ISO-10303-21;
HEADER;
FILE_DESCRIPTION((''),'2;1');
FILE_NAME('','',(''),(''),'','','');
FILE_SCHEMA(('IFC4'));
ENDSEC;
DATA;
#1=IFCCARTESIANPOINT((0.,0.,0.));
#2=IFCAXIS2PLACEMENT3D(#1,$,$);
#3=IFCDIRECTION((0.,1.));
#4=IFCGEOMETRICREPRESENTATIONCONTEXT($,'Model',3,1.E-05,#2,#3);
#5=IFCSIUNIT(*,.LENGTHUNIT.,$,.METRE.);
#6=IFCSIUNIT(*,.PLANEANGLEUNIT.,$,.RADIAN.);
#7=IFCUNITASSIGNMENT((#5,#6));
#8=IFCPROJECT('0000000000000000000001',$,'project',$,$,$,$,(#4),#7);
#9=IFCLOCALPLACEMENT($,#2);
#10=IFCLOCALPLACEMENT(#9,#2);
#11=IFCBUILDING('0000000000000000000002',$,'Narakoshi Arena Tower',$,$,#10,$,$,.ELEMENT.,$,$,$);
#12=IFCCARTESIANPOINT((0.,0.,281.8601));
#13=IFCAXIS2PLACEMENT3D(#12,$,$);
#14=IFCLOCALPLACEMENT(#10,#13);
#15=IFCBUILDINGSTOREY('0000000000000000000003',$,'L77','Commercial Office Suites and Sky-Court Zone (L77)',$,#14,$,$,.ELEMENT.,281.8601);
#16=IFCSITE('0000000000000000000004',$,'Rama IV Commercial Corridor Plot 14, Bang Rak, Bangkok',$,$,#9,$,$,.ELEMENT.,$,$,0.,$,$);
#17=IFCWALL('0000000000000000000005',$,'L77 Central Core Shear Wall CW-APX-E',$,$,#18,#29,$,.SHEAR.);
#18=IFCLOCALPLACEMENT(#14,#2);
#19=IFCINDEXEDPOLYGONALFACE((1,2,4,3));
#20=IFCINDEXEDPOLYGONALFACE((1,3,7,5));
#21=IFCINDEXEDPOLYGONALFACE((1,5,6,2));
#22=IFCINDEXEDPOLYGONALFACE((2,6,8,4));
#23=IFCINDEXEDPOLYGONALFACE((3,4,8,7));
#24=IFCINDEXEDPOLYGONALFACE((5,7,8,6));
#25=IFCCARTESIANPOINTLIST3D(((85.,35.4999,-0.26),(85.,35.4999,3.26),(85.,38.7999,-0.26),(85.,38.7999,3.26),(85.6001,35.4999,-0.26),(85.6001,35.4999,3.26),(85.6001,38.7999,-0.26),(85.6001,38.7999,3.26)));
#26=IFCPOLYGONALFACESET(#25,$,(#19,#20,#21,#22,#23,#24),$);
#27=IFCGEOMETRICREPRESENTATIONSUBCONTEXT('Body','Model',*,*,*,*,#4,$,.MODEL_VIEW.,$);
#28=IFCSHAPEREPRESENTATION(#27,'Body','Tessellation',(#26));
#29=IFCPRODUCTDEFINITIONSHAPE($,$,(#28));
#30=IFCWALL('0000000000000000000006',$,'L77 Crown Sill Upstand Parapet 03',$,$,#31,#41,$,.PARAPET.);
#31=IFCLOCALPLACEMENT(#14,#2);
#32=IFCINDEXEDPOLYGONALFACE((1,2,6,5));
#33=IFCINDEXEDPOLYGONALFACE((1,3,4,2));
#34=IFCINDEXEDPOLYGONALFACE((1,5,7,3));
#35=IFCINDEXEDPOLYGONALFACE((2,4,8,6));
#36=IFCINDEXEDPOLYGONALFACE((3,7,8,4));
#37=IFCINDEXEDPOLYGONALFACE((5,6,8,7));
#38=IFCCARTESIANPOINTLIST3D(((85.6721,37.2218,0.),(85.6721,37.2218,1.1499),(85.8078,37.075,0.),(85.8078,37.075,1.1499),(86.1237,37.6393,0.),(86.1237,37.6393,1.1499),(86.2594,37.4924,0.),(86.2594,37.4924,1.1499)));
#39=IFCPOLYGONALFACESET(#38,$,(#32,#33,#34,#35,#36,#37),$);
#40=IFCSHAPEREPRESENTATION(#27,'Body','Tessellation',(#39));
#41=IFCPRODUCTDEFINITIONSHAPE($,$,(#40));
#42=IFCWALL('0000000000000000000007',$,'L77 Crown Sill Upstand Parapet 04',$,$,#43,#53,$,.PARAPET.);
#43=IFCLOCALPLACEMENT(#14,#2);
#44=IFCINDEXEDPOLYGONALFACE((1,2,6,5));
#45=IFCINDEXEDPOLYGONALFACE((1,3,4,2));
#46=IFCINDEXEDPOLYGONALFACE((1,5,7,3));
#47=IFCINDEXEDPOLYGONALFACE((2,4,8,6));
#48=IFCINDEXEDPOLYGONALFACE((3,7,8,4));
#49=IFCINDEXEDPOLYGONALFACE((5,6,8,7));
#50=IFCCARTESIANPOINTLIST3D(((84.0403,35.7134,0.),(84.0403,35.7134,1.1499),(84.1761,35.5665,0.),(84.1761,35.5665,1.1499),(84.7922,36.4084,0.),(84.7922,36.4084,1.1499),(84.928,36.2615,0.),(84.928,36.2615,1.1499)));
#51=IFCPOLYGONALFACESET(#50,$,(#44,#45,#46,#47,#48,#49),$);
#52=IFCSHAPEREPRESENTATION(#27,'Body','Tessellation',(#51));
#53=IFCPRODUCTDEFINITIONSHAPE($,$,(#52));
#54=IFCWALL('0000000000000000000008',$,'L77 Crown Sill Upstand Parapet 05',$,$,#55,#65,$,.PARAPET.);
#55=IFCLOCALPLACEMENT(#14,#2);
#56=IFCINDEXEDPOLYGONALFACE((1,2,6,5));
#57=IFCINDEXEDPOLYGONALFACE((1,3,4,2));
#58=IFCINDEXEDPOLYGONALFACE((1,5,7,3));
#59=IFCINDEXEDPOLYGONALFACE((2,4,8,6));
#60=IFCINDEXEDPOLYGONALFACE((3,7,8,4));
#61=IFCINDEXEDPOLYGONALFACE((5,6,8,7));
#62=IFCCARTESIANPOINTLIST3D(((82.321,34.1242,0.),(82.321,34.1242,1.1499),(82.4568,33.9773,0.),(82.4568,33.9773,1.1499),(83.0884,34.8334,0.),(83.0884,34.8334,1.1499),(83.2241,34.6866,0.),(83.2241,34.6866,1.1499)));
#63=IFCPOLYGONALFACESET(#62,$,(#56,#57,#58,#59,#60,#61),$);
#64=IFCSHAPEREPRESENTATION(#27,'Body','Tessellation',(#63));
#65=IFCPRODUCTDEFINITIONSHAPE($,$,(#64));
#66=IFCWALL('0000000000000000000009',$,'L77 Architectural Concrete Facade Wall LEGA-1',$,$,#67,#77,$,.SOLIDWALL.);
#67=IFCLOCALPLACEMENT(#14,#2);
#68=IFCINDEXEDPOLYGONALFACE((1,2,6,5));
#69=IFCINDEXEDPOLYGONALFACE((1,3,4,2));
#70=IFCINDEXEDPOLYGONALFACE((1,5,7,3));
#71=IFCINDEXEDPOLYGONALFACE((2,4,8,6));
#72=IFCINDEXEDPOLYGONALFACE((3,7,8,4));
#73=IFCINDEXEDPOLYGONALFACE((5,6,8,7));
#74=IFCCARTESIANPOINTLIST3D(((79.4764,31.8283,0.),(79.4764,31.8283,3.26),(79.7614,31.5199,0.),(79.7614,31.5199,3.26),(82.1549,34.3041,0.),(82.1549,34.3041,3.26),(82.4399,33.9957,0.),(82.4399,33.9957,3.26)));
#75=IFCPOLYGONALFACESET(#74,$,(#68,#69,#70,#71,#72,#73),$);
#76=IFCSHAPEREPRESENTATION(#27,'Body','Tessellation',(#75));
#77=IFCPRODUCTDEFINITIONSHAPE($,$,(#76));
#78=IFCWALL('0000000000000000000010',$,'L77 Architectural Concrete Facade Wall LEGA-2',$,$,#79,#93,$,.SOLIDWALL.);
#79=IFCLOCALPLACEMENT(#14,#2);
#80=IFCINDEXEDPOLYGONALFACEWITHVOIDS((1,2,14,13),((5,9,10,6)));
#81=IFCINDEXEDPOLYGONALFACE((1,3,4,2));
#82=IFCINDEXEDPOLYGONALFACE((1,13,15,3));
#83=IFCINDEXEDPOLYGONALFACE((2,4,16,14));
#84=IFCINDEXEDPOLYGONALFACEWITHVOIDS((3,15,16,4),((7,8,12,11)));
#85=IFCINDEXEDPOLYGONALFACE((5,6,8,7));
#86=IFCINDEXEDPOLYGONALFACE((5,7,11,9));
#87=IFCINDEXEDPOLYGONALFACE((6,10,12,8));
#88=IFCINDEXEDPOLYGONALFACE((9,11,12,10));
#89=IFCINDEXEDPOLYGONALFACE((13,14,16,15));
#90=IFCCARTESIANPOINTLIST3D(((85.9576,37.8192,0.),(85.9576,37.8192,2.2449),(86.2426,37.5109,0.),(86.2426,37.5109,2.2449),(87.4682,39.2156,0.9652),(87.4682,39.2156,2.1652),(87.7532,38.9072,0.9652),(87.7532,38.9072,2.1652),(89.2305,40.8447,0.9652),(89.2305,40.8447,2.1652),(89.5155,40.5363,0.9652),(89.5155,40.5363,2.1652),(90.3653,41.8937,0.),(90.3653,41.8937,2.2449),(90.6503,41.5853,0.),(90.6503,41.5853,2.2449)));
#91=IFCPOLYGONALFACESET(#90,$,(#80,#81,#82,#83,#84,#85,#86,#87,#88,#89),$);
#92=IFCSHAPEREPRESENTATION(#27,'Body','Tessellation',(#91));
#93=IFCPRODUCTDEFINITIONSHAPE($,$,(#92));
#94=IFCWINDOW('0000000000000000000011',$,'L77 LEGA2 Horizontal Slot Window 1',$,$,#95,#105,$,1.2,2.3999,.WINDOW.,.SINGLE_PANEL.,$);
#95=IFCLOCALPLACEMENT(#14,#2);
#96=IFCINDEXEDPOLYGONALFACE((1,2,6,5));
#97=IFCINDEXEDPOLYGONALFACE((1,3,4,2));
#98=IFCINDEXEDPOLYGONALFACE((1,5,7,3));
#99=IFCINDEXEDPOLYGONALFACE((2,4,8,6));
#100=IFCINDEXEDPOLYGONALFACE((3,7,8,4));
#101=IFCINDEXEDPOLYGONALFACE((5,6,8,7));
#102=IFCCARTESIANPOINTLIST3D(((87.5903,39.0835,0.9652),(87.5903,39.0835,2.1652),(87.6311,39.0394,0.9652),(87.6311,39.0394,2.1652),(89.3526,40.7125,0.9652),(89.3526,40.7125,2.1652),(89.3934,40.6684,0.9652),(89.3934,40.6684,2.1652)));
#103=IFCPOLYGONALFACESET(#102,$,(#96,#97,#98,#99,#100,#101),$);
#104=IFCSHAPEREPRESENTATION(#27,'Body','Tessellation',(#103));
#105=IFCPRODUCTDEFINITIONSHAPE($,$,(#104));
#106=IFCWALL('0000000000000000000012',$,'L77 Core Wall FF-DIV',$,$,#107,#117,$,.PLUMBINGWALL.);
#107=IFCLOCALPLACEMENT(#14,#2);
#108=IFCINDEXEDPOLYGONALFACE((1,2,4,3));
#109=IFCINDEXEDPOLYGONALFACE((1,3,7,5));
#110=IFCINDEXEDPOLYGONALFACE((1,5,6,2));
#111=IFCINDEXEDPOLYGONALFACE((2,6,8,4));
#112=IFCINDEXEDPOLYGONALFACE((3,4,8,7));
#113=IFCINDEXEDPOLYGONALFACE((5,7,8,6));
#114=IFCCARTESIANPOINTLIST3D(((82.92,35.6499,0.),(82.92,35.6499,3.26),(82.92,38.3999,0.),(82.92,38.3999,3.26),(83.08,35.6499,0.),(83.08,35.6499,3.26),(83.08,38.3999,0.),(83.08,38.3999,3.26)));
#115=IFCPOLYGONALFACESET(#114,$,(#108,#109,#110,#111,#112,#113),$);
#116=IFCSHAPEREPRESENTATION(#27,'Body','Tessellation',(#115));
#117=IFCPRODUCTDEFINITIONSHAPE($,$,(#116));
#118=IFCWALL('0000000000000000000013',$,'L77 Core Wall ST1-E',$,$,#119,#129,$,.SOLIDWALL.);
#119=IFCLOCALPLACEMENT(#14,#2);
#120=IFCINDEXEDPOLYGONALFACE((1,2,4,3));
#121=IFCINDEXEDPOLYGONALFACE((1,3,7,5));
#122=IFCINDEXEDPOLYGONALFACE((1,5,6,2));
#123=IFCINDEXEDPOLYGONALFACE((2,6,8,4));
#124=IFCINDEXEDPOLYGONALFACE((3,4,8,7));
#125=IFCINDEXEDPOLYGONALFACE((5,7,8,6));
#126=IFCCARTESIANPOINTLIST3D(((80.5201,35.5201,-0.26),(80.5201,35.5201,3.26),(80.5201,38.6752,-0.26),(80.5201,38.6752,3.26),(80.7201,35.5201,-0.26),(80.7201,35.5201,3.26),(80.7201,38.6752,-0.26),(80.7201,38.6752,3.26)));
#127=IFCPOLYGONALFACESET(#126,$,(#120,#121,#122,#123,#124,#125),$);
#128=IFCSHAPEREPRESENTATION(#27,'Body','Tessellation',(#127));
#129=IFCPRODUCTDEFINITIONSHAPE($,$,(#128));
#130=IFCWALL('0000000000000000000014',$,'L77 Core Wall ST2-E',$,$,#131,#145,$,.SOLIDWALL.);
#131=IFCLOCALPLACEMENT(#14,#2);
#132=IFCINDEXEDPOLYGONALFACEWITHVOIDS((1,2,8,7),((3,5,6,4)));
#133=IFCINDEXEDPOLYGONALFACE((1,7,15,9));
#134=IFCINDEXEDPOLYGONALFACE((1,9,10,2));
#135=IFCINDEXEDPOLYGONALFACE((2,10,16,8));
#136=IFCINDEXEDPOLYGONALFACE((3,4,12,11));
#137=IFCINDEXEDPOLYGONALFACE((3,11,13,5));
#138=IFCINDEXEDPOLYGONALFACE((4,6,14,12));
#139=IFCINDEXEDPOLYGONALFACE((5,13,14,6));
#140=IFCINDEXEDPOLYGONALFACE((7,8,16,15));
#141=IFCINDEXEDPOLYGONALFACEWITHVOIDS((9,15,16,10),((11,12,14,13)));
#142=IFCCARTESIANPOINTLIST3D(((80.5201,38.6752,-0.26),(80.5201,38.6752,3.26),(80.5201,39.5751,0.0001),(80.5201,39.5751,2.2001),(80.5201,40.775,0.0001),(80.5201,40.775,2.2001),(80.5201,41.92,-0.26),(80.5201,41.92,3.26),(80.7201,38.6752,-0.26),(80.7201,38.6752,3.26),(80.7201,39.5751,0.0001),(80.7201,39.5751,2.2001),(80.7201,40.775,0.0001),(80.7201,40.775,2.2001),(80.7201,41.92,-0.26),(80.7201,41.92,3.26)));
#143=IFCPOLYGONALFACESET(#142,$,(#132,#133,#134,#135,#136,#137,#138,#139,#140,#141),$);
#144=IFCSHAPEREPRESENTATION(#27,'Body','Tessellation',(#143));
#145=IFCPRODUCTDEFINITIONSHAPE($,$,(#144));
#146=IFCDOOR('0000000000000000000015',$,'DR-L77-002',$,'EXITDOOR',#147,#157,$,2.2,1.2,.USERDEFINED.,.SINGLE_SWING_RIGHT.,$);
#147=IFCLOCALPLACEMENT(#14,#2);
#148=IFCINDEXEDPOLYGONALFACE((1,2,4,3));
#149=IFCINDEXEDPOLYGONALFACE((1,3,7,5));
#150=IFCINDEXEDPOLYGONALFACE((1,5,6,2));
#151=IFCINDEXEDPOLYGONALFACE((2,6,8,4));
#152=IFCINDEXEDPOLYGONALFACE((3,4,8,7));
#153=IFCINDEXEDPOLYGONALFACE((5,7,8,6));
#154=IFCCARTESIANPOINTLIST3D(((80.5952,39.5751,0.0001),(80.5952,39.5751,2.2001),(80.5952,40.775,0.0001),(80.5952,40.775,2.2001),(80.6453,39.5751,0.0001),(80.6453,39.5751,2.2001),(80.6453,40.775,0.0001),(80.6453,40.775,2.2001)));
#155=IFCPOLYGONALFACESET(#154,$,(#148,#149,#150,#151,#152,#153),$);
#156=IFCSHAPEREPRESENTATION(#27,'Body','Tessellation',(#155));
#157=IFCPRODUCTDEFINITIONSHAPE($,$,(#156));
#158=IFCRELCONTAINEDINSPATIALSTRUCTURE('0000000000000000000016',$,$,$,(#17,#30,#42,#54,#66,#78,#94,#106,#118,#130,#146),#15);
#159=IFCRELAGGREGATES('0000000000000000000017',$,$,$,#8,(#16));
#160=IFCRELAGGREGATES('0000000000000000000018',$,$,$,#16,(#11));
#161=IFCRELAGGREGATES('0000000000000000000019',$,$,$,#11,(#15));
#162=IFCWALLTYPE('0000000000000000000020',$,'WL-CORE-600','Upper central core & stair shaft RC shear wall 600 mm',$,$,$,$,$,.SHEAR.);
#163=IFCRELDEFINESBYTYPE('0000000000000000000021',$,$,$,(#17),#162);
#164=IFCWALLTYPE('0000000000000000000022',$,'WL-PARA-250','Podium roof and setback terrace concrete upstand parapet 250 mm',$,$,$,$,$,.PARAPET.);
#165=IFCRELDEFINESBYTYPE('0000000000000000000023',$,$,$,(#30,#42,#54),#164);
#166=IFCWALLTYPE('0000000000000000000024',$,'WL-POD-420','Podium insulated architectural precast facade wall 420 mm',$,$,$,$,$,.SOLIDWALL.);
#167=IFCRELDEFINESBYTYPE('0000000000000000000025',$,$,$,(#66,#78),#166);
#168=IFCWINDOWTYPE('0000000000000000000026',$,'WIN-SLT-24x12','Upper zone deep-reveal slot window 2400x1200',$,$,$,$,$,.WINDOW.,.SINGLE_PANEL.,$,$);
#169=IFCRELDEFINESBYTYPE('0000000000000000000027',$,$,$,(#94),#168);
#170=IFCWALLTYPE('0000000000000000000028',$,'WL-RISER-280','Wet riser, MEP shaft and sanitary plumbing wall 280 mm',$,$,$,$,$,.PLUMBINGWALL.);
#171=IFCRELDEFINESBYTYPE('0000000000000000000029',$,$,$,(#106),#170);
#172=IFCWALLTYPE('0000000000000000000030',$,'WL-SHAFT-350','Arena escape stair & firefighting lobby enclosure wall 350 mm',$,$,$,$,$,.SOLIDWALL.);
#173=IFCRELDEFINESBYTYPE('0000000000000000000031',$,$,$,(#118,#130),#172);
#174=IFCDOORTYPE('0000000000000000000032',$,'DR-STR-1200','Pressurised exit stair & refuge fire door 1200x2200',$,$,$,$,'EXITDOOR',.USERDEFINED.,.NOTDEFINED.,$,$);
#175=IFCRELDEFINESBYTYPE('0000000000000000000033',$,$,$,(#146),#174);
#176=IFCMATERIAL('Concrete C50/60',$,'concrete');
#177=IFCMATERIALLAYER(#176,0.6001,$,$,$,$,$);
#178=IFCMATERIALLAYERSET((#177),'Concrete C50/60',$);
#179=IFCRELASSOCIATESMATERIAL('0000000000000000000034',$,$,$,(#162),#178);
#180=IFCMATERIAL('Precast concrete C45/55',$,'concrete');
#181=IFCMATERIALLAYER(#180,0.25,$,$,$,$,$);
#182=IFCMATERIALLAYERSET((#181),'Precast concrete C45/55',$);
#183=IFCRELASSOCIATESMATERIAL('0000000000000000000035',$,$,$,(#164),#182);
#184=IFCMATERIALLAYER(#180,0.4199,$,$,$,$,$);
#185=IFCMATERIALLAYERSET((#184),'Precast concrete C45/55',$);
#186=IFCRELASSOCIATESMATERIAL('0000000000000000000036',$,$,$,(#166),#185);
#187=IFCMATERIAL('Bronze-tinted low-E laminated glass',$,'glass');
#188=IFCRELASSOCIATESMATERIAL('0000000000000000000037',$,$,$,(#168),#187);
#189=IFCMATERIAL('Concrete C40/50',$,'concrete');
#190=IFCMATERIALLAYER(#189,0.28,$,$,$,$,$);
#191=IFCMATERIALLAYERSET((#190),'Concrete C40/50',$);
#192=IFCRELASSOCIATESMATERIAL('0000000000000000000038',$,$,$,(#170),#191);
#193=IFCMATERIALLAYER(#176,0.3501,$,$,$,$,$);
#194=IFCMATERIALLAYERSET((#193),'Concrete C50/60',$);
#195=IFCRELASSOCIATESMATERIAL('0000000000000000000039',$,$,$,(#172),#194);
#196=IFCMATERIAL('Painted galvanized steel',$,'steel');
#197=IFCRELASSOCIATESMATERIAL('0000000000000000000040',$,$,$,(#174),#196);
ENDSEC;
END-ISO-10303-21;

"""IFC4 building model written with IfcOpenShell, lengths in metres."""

from ifc_helpers import new_model, si_unit, direction, frame, frame_2d, origin, place, context, subcontext, project, spatial, rectangle, extrude, material, layer, layer_set, type_object, element, fill, save


model = new_model("IFC4")

# Units and contexts
model_context = context("Model", 3, precision=1e-05, world=origin(), true_north=direction((0.0, 1.0)))
body_context = subcontext(model_context, "Body", "Model", "MODEL_VIEW")
ifc_project = project(units=[si_unit("LENGTHUNIT", "METRE"), si_unit("PLANEANGLEUNIT", "RADIAN")], contexts=[model_context])

# Site, building, storey
site_placement = place(None, origin())
site = spatial("IfcSite", under=ifc_project, at=site_placement, Name="Rama IV Commercial Corridor Plot 14, Bang Rak, Bangkok", CompositionType="ELEMENT", RefElevation=0.0)
building_placement = place(site_placement, origin())
building = spatial("IfcBuilding", under=site, at=building_placement, Name="Narakoshi Arena Tower", CompositionType="ELEMENT")
storey_placement = place(building_placement, frame((0.0, 0.0, 281.8601)))
storey = spatial("IfcBuildingStorey", under=building, at=storey_placement, Name="L77", Description="Commercial Office Suites and Sky-Court Zone (L77)", CompositionType="ELEMENT", Elevation=281.8601)

# Walls
ifc_material_1 = material(Name="Concrete C50/60", Category="concrete")
ifc_layer_1 = layer(ifc_material_1, 0.6001)
ifc_layer_set_1 = layer_set([ifc_layer_1], Name="Concrete C50/60")
wall_type_1 = type_object("IfcWallType", Name="WL-CORE-600", Description="Upper central core & stair shaft RC shear wall 600 mm", PredefinedType="SHEAR", material=ifc_layer_set_1)
wall_1_placement = place(storey_placement, frame((85.3, 35.5, -0.26), z_axis=(0.0, 0.0, 1.0), x_axis=(0.0, 1.0, 0.0)))
element("IfcWall", 1, at=wall_1_placement, inside=storey, type_object=wall_type_1, Name="L77 Central Core Shear Wall CW-APX-E", PredefinedType="SHEAR", context=body_context, shape_type="SweptSolid", body=[
    extrude(rectangle(XDim=3.3, YDim=0.6001, at=frame_2d((1.6499, 0.0))), origin(), (0.0, 0.0, 1.0), 3.52),
])
ifc_material_2 = material(Name="Precast concrete C45/55", Category="concrete")
ifc_layer_2 = layer(ifc_material_2, 0.25)
ifc_layer_set_2 = layer_set([ifc_layer_2], Name="Precast concrete C45/55")
wall_type_2 = type_object("IfcWallType", Name="WL-PARA-250", Description="Podium roof and setback terrace concrete upstand parapet 250 mm", PredefinedType="PARAPET", material=ifc_layer_set_2)
wall_2_placement = place(storey_placement, frame((86.1917, 37.5659, 0.0), z_axis=(0.0, 0.0, 1.0), x_axis=(-0.734347, -0.678775, 0.0)))
element("IfcWall", 2, at=wall_2_placement, inside=storey, type_object=wall_type_2, Name="L77 Crown Sill Upstand Parapet 03", PredefinedType="PARAPET", context=body_context, shape_type="SweptSolid", body=[
    extrude(rectangle(XDim=0.615, YDim=0.2, at=frame_2d((0.3076, 0.0))), origin(), (0.0, 0.0, 1.0), 1.1499),
])
wall_3_placement = place(storey_placement, frame((84.8601, 36.335, 0.0), z_axis=(0.0, 0.0, 1.0), x_axis=(-0.734337, -0.678785, 0.0)))
element("IfcWall", 3, at=wall_3_placement, inside=storey, type_object=wall_type_2, Name="L77 Crown Sill Upstand Parapet 04", PredefinedType="PARAPET", context=body_context, shape_type="SweptSolid", body=[
    extrude(rectangle(XDim=1.0239, YDim=0.2, at=frame_2d((0.512, 0.0))), origin(), (0.0, 0.0, 1.0), 1.1499),
])
wall_4_placement = place(storey_placement, frame((83.1562, 34.76, 0.0), z_axis=(0.0, 0.0, 1.0), x_axis=(-0.734364, -0.678755, 0.0)))
element("IfcWall", 4, at=wall_4_placement, inside=storey, type_object=wall_type_2, Name="L77 Crown Sill Upstand Parapet 05", PredefinedType="PARAPET", context=body_context, shape_type="SweptSolid", body=[
    extrude(rectangle(XDim=1.0449, YDim=0.2, at=frame_2d((0.5225, 0.0))), origin(), (0.0, 0.0, 1.0), 1.1499),
])
ifc_layer_3 = layer(ifc_material_2, 0.4199)
ifc_layer_set_3 = layer_set([ifc_layer_3], Name="Precast concrete C45/55")
wall_type_3 = type_object("IfcWallType", Name="WL-POD-420", Description="Podium insulated architectural precast facade wall 420 mm", PredefinedType="SOLIDWALL", material=ifc_layer_set_3)
wall_5_placement = place(storey_placement, frame((79.6189, 31.6741, 0.0), z_axis=(0.0, 0.0, 1.0), x_axis=(0.734339, 0.678783, 0.0)))
element("IfcWall", 5, at=wall_5_placement, inside=storey, type_object=wall_type_3, Name="L77 Architectural Concrete Facade Wall LEGA-1", PredefinedType="SOLIDWALL", context=body_context, shape_type="SweptSolid", body=[
    extrude(rectangle(XDim=3.6475, YDim=0.4199, at=frame_2d((1.8237, 0.0))), origin(), (0.0, 0.0, 1.0), 3.26),
])

# Wall, opening, window
wall_6_placement = place(storey_placement, frame((86.1001, 37.665, 0.0), z_axis=(0.0, 0.0, 1.0), x_axis=(0.734321, 0.678802, 0.0)))
wall_6 = element("IfcWall", 6, at=wall_6_placement, inside=storey, type_object=wall_type_3, Name="L77 Architectural Concrete Facade Wall LEGA-2", PredefinedType="SOLIDWALL", context=body_context, shape_type="SweptSolid", body=[
    extrude(rectangle(XDim=6.0024, YDim=0.4199, at=frame_2d((3.0012, 0.0))), origin(), (0.0, 0.0, 1.0), 2.2449),
])
opening_1_placement = place(wall_6_placement, frame((2.0571, 0.0, 0.9651)))
opening_1 = element("IfcOpeningElement", 7, at=opening_1_placement, cuts=wall_6, PredefinedType="OPENING", context=body_context, shape_type="SweptSolid", body=[
    extrude(rectangle(XDim=2.3999, YDim=1.2, at=frame_2d((1.2, 0.6001))), frame((0.0, 0.22, 0.0), z_axis=(0.0, -1.0, 0.0), x_axis=(1.0, 0.0, 0.0)), (0.0, 0.0, 1.0), 0.4399),
])
ifc_material_3 = material(Name="Bronze-tinted low-E laminated glass", Category="glass")
window_type = type_object("IfcWindowType", Name="WIN-SLT-24x12", Description="Upper zone deep-reveal slot window 2400x1200", PartitioningType="SINGLE_PANEL", PredefinedType="WINDOW", material=ifc_material_3)
window_placement = place(opening_1_placement, origin())
window = element("IfcWindow", 8, at=window_placement, inside=storey, type_object=window_type, Name="L77 LEGA2 Horizontal Slot Window 1", OverallHeight=1.2, OverallWidth=2.3999, PartitioningType="SINGLE_PANEL", PredefinedType="WINDOW", context=body_context, shape_type="SweptSolid", body=[
    extrude(rectangle(XDim=2.3999, YDim=1.2, at=frame_2d((1.2, 0.6001))), frame((0.0, 0.03, 0.0), z_axis=(0.0, -1.0, 0.0), x_axis=(1.0, 0.0, 0.0)), (0.0, 0.0, 1.0), 0.0601),
])
fill(opening_1, window)

# Walls
ifc_material_4 = material(Name="Concrete C40/50", Category="concrete")
ifc_layer_4 = layer(ifc_material_4, 0.28)
ifc_layer_set_4 = layer_set([ifc_layer_4], Name="Concrete C40/50")
wall_type_4 = type_object("IfcWallType", Name="WL-RISER-280", Description="Wet riser, MEP shaft and sanitary plumbing wall 280 mm", PredefinedType="PLUMBINGWALL", material=ifc_layer_set_4)
wall_7_placement = place(storey_placement, frame((83.0, 35.6499, 0.0), z_axis=(0.0, 0.0, 1.0), x_axis=(0.0, 1.0, 0.0)))
element("IfcWall", 9, at=wall_7_placement, inside=storey, type_object=wall_type_4, Name="L77 Core Wall FF-DIV", PredefinedType="PLUMBINGWALL", context=body_context, shape_type="SweptSolid", body=[
    extrude(rectangle(XDim=2.75, YDim=0.1599, at=frame_2d((1.375, 0.0))), origin(), (0.0, 0.0, 1.0), 3.26),
])
ifc_layer_5 = layer(ifc_material_1, 0.3501)
ifc_layer_set_5 = layer_set([ifc_layer_5], Name="Concrete C50/60")
wall_type_5 = type_object("IfcWallType", Name="WL-SHAFT-350", Description="Arena escape stair & firefighting lobby enclosure wall 350 mm", PredefinedType="SOLIDWALL", material=ifc_layer_set_5)
wall_8_placement = place(storey_placement, frame((80.6201, 35.52, -0.26), z_axis=(0.0, 0.0, 1.0), x_axis=(0.0, 1.0, 0.0)))
element("IfcWall", 10, at=wall_8_placement, inside=storey, type_object=wall_type_5, Name="L77 Core Wall ST1-E", PredefinedType="SOLIDWALL", context=body_context, shape_type="SweptSolid", body=[
    extrude(rectangle(XDim=3.155, YDim=0.2, at=frame_2d((1.5776, 0.0))), origin(), (0.0, 0.0, 1.0), 3.52),
])

# Wall, opening, door
wall_9_placement = place(storey_placement, frame((80.6201, 38.675, -0.26), z_axis=(0.0, 0.0, 1.0), x_axis=(0.0, 1.0, 0.0)))
wall_9 = element("IfcWall", 11, at=wall_9_placement, inside=storey, type_object=wall_type_5, Name="L77 Core Wall ST2-E", PredefinedType="SOLIDWALL", context=body_context, shape_type="SweptSolid", body=[
    extrude(rectangle(XDim=3.2449, YDim=0.2, at=frame_2d((1.6226, 0.0))), origin(), (0.0, 0.0, 1.0), 3.52),
])
opening_2_placement = place(wall_9_placement, frame((0.8999, 0.0, 0.26)))
opening_2 = element("IfcOpeningElement", 12, at=opening_2_placement, cuts=wall_9, PredefinedType="OPENING", context=body_context, shape_type="SweptSolid", body=[
    extrude(rectangle(XDim=1.2, YDim=2.2, at=frame_2d((0.6001, 1.1001))), frame((0.0, 0.1099, 0.0), z_axis=(0.0, -1.0, 0.0), x_axis=(1.0, 0.0, 0.0)), (0.0, 0.0, 1.0), 0.22),
])
ifc_material_5 = material(Name="Painted galvanized steel", Category="steel")
door_type_1 = type_object("IfcDoorType", Name="DR-STR-1200", Description="Pressurised exit stair & refuge fire door 1200x2200", ElementType="EXITDOOR", OperationType="NOTDEFINED", PredefinedType="USERDEFINED", material=ifc_material_5)
door_1_placement = place(opening_2_placement, origin())
door_1 = element("IfcDoor", 13, at=door_1_placement, inside=storey, type_object=door_type_1, Name="DR-L77-002", ObjectType="EXITDOOR", OperationType="SINGLE_SWING_RIGHT", OverallHeight=2.2, OverallWidth=1.2, PredefinedType="USERDEFINED", context=body_context, shape_type="SweptSolid", body=[
    extrude(rectangle(XDim=1.2, YDim=2.2, at=frame_2d((0.6001, 1.1001))), frame((0.0, 0.0249, 0.0), z_axis=(0.0, -1.0, 0.0), x_axis=(1.0, 0.0, 0.0)), (0.0, 0.0, 1.0), 0.05),
])
fill(opening_2, door_1)

save(model, "model.ifc")
